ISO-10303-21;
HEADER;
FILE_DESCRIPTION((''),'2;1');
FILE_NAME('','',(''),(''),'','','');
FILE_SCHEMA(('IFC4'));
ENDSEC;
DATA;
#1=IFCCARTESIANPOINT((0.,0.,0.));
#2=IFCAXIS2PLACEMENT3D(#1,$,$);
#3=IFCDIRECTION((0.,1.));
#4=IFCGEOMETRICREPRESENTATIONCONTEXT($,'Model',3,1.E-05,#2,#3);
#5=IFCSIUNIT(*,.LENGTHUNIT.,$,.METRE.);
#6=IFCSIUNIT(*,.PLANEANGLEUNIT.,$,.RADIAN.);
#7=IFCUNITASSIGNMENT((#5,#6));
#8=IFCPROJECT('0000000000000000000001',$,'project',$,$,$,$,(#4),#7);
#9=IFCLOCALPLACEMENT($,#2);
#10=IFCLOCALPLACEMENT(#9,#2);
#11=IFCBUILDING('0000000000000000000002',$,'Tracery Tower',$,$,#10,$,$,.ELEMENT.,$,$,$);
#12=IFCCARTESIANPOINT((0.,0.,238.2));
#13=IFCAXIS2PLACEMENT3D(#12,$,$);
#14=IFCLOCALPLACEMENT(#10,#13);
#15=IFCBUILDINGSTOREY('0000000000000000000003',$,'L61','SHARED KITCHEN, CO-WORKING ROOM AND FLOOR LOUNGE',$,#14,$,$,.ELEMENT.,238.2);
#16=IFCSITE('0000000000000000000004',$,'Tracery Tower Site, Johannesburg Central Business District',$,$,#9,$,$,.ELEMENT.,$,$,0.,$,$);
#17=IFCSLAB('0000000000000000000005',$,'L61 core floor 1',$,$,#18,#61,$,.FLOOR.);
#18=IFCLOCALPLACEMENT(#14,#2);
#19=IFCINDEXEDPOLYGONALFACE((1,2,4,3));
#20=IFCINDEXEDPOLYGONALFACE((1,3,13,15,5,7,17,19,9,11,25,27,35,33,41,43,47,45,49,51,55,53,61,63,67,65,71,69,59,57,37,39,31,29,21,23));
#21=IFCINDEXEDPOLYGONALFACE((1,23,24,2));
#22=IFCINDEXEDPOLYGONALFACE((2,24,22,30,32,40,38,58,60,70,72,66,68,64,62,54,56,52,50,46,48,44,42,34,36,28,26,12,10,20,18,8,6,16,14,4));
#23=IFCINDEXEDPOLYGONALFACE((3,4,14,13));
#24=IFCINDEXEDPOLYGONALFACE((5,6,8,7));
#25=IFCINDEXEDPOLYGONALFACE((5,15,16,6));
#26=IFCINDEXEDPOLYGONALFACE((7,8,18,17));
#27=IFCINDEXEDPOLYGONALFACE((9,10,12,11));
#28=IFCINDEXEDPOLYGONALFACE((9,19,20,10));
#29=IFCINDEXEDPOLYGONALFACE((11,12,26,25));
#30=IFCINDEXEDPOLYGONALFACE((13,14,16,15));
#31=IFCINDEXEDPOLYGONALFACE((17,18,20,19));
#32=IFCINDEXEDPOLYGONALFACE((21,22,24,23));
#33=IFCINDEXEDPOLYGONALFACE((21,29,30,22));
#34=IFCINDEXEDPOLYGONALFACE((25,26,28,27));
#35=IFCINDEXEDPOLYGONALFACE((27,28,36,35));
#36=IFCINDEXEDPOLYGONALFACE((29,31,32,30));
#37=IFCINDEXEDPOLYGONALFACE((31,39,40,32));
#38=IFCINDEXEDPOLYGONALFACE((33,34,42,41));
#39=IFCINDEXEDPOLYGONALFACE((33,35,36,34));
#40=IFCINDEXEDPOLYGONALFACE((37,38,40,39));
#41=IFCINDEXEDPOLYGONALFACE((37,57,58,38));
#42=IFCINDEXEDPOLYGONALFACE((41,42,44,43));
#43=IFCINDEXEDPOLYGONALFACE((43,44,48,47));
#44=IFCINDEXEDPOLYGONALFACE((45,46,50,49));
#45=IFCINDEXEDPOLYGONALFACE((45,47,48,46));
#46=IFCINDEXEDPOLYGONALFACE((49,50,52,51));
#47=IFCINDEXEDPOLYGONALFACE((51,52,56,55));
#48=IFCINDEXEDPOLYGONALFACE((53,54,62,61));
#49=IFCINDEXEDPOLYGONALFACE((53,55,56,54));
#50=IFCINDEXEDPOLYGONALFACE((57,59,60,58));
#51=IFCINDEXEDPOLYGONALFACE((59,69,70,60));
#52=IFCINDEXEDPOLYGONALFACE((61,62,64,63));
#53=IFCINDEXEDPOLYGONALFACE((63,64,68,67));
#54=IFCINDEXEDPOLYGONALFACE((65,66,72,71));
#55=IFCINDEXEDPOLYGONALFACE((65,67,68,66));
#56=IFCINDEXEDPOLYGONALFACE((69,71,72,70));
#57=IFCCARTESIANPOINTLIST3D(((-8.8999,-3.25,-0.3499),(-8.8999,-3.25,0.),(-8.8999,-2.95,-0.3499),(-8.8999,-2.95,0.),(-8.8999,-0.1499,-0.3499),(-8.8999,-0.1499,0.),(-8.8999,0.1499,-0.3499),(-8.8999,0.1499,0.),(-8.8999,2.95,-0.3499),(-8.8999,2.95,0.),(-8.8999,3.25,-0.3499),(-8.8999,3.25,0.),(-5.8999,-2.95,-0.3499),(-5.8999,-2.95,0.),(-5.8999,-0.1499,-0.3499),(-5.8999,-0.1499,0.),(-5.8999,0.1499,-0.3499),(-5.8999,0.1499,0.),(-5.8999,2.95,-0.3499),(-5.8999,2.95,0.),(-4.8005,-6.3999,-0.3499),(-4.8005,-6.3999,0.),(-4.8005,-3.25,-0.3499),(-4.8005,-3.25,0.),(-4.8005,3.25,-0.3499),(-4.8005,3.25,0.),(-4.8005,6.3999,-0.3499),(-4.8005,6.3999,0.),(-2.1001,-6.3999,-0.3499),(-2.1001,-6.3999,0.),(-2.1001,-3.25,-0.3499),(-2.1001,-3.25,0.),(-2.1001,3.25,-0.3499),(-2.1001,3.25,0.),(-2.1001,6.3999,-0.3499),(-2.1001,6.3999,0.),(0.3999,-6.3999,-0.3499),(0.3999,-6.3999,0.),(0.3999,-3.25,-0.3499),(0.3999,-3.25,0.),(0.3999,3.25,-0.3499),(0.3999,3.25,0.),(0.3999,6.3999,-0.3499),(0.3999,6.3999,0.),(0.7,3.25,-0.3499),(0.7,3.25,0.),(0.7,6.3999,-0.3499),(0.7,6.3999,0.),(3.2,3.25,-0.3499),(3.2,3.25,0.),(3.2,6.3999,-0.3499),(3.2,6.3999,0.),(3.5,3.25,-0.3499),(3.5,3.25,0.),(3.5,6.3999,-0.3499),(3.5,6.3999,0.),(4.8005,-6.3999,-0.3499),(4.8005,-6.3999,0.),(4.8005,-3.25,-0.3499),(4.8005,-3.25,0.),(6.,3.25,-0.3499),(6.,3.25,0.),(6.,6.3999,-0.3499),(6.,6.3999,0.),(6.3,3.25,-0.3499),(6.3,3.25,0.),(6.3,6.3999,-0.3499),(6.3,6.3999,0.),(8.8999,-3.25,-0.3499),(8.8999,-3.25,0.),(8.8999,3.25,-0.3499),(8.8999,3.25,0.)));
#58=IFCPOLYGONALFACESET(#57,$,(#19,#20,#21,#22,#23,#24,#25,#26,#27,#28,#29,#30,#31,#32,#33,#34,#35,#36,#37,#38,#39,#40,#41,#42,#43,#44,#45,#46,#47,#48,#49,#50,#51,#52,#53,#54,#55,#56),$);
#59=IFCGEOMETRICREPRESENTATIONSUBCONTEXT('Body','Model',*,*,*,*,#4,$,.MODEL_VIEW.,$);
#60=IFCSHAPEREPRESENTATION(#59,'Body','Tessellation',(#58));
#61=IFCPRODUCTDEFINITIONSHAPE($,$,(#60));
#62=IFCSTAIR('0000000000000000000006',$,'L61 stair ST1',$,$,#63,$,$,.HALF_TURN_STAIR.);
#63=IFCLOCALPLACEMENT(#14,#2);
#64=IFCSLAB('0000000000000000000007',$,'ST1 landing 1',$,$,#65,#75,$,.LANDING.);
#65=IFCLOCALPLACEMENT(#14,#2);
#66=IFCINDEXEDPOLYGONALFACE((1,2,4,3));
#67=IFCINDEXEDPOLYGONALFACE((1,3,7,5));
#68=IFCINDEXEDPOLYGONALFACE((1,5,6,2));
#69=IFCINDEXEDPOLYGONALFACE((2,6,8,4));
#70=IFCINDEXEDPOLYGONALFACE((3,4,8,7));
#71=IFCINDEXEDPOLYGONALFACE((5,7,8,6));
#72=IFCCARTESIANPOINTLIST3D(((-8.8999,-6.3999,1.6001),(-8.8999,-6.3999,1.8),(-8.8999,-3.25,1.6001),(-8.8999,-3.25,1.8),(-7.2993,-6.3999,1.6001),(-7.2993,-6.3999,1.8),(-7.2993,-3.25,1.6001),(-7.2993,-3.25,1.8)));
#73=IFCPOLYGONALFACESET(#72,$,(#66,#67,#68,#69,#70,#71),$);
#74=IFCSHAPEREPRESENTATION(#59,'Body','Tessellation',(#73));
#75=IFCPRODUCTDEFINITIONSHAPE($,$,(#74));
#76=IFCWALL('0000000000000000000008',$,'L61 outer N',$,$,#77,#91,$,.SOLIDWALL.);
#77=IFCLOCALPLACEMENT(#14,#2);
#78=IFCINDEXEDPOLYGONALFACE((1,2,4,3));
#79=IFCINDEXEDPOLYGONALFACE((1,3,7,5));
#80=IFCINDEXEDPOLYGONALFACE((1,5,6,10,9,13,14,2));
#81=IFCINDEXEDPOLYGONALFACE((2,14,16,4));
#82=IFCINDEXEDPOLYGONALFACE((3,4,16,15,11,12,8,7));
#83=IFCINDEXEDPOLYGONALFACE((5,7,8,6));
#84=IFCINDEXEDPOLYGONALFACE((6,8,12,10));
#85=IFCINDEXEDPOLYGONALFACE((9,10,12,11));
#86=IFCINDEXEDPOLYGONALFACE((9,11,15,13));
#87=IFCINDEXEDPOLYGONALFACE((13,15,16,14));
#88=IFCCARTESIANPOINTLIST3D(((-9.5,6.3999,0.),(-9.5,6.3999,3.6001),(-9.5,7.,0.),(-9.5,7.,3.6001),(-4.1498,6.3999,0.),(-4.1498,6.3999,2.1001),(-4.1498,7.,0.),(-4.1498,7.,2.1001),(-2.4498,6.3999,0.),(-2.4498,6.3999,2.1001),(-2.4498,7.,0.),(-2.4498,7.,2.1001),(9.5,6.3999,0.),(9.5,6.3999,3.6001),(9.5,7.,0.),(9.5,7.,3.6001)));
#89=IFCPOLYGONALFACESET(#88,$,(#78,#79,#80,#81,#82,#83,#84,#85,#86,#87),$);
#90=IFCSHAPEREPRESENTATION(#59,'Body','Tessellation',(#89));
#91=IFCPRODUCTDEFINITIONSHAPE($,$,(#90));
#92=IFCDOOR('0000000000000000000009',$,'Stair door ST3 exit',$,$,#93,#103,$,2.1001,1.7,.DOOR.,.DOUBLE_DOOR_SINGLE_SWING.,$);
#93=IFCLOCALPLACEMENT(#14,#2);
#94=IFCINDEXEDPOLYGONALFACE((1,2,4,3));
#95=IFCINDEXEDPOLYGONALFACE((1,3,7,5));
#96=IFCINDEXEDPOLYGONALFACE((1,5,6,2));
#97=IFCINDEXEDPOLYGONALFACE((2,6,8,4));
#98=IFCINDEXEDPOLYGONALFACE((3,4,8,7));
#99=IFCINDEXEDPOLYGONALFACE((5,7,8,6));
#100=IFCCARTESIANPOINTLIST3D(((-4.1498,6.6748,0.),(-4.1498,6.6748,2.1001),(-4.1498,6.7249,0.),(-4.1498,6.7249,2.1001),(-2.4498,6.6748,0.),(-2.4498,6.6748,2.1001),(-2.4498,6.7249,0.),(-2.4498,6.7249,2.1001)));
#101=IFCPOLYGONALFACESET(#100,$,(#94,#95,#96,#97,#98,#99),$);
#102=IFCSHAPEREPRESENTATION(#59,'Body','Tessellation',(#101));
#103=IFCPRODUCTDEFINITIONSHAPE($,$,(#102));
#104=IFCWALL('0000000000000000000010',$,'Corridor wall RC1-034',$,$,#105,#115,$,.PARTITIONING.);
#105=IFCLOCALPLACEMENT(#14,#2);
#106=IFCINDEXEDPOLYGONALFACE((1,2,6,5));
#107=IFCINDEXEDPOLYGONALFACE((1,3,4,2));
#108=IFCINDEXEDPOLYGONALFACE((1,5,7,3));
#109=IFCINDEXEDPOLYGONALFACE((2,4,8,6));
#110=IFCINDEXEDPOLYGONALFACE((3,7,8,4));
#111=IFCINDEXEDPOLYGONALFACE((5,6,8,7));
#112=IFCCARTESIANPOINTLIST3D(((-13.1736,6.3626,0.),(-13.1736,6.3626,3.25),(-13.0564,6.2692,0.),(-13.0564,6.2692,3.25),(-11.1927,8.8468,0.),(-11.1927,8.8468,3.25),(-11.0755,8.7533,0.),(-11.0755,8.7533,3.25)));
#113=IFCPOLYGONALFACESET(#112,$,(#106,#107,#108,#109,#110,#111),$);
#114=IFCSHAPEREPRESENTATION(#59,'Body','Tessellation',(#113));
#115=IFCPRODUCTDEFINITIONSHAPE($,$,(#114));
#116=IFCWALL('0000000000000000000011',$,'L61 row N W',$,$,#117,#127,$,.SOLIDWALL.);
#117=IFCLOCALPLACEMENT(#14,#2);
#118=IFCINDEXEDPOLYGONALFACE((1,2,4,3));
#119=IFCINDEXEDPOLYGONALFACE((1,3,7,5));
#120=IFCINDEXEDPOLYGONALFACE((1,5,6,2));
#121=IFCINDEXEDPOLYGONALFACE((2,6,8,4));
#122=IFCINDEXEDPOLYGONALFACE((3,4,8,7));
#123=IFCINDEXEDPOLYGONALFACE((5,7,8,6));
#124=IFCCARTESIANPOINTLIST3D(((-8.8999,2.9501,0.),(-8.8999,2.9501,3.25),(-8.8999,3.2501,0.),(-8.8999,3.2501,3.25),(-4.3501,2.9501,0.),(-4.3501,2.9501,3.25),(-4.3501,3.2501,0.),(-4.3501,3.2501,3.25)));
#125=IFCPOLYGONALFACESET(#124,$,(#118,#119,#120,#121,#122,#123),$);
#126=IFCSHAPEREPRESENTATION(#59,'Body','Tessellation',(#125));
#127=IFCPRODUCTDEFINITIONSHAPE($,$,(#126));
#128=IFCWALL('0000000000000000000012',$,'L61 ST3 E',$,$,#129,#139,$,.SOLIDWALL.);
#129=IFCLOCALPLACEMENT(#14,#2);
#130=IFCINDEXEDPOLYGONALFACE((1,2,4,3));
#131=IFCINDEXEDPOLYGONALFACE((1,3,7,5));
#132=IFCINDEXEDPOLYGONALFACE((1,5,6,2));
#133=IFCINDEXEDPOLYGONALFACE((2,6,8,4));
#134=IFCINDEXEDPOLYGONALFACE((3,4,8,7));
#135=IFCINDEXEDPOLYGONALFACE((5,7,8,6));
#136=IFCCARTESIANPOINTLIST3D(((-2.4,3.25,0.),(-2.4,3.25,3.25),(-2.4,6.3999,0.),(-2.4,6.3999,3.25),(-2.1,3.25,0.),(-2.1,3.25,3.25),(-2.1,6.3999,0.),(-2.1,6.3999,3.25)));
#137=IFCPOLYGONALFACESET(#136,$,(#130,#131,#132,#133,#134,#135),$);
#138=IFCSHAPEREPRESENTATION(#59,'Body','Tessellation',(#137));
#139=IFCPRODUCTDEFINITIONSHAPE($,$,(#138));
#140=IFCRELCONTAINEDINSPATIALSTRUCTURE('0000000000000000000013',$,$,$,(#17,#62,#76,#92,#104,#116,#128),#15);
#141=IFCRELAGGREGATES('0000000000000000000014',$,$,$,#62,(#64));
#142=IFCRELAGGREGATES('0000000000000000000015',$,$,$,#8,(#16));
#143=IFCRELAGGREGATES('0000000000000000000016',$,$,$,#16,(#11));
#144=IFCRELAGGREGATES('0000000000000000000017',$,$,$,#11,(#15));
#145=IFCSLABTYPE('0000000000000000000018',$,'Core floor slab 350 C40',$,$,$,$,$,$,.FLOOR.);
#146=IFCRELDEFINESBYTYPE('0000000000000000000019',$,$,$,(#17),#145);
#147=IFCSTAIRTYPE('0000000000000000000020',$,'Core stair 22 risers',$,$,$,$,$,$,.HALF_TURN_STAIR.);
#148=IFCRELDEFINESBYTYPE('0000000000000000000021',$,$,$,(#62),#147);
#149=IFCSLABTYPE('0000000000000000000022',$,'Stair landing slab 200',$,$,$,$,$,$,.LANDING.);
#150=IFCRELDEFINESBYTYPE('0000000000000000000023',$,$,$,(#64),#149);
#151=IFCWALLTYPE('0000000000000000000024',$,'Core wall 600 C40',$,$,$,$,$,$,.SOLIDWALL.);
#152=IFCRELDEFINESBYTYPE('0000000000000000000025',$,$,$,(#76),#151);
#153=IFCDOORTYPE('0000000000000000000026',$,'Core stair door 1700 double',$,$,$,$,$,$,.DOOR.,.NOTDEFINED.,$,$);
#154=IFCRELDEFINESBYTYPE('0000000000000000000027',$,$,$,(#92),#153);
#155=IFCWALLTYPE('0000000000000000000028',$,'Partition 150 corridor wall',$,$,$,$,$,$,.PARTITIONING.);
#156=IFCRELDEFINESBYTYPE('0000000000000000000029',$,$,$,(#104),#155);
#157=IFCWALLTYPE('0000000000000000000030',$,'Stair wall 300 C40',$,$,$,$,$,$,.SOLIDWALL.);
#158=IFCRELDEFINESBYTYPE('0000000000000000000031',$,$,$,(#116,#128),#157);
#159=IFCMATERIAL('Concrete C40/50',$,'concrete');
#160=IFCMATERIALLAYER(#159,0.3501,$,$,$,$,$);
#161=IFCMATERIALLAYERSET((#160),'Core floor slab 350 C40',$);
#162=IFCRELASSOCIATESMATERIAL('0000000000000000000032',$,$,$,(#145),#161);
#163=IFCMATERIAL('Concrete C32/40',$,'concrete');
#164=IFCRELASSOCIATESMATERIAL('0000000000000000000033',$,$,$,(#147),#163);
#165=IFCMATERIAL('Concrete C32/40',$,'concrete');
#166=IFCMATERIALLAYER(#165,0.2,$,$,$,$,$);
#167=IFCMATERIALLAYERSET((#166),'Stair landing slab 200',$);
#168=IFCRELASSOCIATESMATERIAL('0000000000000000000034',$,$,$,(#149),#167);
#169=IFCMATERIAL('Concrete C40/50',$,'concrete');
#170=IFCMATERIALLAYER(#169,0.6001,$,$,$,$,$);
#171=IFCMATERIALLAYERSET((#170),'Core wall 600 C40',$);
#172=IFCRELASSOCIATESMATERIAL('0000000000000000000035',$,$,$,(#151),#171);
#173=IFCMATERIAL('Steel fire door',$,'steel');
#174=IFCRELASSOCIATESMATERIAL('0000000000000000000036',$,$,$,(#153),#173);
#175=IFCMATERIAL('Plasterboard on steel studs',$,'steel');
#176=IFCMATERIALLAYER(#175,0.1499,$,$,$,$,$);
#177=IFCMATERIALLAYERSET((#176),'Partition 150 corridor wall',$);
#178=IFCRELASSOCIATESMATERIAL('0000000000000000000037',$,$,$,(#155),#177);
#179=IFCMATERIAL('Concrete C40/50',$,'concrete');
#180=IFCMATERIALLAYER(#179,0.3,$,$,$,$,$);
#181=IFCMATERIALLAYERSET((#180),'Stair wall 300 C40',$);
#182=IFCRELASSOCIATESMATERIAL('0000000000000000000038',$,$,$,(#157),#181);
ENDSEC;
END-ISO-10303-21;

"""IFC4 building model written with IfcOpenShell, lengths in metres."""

from ifc_helpers import new_model, si_unit, direction, frame, frame_2d, origin, place, context, subcontext, project, spatial, polyline, rectangle, outline, extrude, material, layer, layer_set, type_object, element, fill, aggregate, save


model = new_model("IFC4")

# Units and contexts
model_context = context("Model", 3, precision=1e-05, world=origin(), true_north=direction((0.0, 1.0)))
body_context = subcontext(model_context, "Body", "Model", "MODEL_VIEW")
ifc_project = project(units=[si_unit("LENGTHUNIT", "METRE"), si_unit("PLANEANGLEUNIT", "RADIAN")], contexts=[model_context])

# Site, building, storey
site_placement = place(None, origin())
site = spatial("IfcSite", under=ifc_project, at=site_placement, Name="Tracery Tower Site, Johannesburg Central Business District", CompositionType="ELEMENT", RefElevation=0.0)
building_placement = place(site_placement, origin())
building = spatial("IfcBuilding", under=site, at=building_placement, Name="Tracery Tower", CompositionType="ELEMENT")
storey_placement = place(building_placement, frame((0.0, 0.0, 238.2)))
storey = spatial("IfcBuildingStorey", under=building, at=storey_placement, Name="L61", Description="SHARED KITCHEN, CO-WORKING ROOM AND FLOOR LOUNGE", CompositionType="ELEMENT", Elevation=238.2)

# Slab
ifc_material_1 = material(Name="Concrete C40/50", Category="concrete")
ifc_layer_1 = layer(ifc_material_1, 0.3501)
ifc_layer_set_1 = layer_set([ifc_layer_1], Name="Core floor slab 350 C40")
slab_type_1 = type_object("IfcSlabType", Name="Core floor slab 350 C40", PredefinedType="FLOOR", material=ifc_layer_set_1)
slab_1_placement = place(storey_placement, frame((0.0, 0.0, -0.3499)))
element("IfcSlab", 1, at=slab_1_placement, inside=storey, type_object=slab_type_1, Name="L61 core floor 1", PredefinedType="FLOOR", context=body_context, shape_type="SweptSolid", body=[
    extrude(outline(polyline([(-4.8005, -3.25), (-8.8999, -3.25), (-8.8999, -2.95), (-5.8999, -2.95), (-5.8999, -0.1499), (-8.8999, -0.1499), (-8.8999, 0.1499), (-5.8999, 0.1499), (-5.8999, 2.95), (-8.8999, 2.95), (-8.8999, 3.25), (-4.8005, 3.25), (-4.8005, 6.3999), (-2.1001, 6.3999), (-2.1001, 3.25), (0.3999, 3.25), (0.3999, 6.3999), (0.7, 6.3999), (0.7, 3.25), (3.2, 3.25), (3.2, 6.3999), (3.5, 6.3999), (3.5, 3.25), (6.0, 3.25), (6.0, 6.3999), (6.3, 6.3999), (6.3, 3.25), (8.8999, 3.25), (8.8999, -3.25), (4.8005, -3.25), (4.8005, -6.3999), (0.3999, -6.3999), (0.3999, -3.25), (-2.1001, -3.25), (-2.1001, -6.3999), (-4.8005, -6.3999), (-4.8005, -3.25)])), origin(), (0.0, 0.0, 1.0), 0.3499),
])

# Stair, slab
ifc_material_2 = material(Name="Concrete C32/40", Category="concrete")
stair_type = type_object("IfcStairType", Name="Core stair 22 risers", PredefinedType="HALF_TURN_STAIR", material=ifc_material_2)
stair_1_placement = place(storey_placement, origin())
stair_1 = element("IfcStair", 2, at=stair_1_placement, inside=storey, type_object=stair_type, Name="L61 stair ST1", PredefinedType="HALF_TURN_STAIR")
ifc_material_3 = material(Name="Concrete C32/40", Category="concrete")
ifc_layer_2 = layer(ifc_material_3, 0.2)
ifc_layer_set_2 = layer_set([ifc_layer_2], Name="Stair landing slab 200")
slab_type_2 = type_object("IfcSlabType", Name="Stair landing slab 200", PredefinedType="LANDING", material=ifc_layer_set_2)
slab_2_placement = place(storey_placement, frame((0.0, 0.0, 1.6001)))
slab_2 = element("IfcSlab", 3, at=slab_2_placement, type_object=slab_type_2, Name="ST1 landing 1", PredefinedType="LANDING", context=body_context, shape_type="SweptSolid", body=[
    extrude(outline(polyline([(-7.2993, -3.25), (-8.8999, -3.25), (-8.8999, -6.3999), (-7.2993, -6.3999), (-7.2993, -3.25)])), origin(), (0.0, 0.0, 1.0), 0.2),
])
aggregate(stair_1, [slab_2])

# Wall, opening, door
ifc_material_4 = material(Name="Concrete C40/50", Category="concrete")
ifc_layer_3 = layer(ifc_material_4, 0.6001)
ifc_layer_set_3 = layer_set([ifc_layer_3], Name="Core wall 600 C40")
wall_type_1 = type_object("IfcWallType", Name="Core wall 600 C40", PredefinedType="SOLIDWALL", material=ifc_layer_set_3)
wall_1_placement = place(storey_placement, frame((-9.5, 6.7, 0.0), z_axis=(0.0, 0.0, 1.0), x_axis=(1.0, 0.0, 0.0)))
wall_1 = element("IfcWall", 4, at=wall_1_placement, inside=storey, type_object=wall_type_1, Name="L61 outer N", PredefinedType="SOLIDWALL", context=body_context, shape_type="SweptSolid", body=[
    extrude(rectangle(XDim=19.0, YDim=0.6001, at=frame_2d((9.5, 0.0))), origin(), (0.0, 0.0, 1.0), 3.6001),
])
opening_1_placement = place(wall_1_placement, frame((5.3501, 0.0, 0.0)))
opening_1 = element("IfcOpeningElement", 5, at=opening_1_placement, cuts=wall_1, PredefinedType="OPENING", context=body_context, shape_type="SweptSolid", body=[
    extrude(rectangle(XDim=1.7, YDim=2.1001, at=frame_2d((0.8501, 1.05))), frame((0.0, 0.3, 0.0), z_axis=(0.0, -1.0, 0.0), x_axis=(1.0, 0.0, 0.0)), (0.0, 0.0, 1.0), 0.6001),
])
ifc_material_5 = material(Name="Steel fire door", Category="steel")
door_type_1 = type_object("IfcDoorType", Name="Core stair door 1700 double", OperationType="NOTDEFINED", PredefinedType="DOOR", material=ifc_material_5)
door_1_placement = place(opening_1_placement, origin())
door_1 = element("IfcDoor", 6, at=door_1_placement, inside=storey, type_object=door_type_1, Name="Stair door ST3 exit", OperationType="DOUBLE_DOOR_SINGLE_SWING", OverallHeight=2.1001, OverallWidth=1.7, PredefinedType="DOOR", context=body_context, shape_type="SweptSolid", body=[
    extrude(rectangle(XDim=1.7, YDim=2.1001, at=frame_2d((0.8501, 1.05))), frame((0.0, 0.0249, 0.0), z_axis=(0.0, -1.0, 0.0), x_axis=(1.0, 0.0, 0.0)), (0.0, 0.0, 1.0), 0.05),
])
fill(opening_1, door_1)

# Walls
ifc_material_6 = material(Name="Plasterboard on steel studs", Category="steel")
ifc_layer_4 = layer(ifc_material_6, 0.1499)
ifc_layer_set_4 = layer_set([ifc_layer_4], Name="Partition 150 corridor wall")
wall_type_2 = type_object("IfcWallType", Name="Partition 150 corridor wall", PredefinedType="PARTITIONING", material=ifc_layer_set_4)
wall_2_placement = place(storey_placement, frame((-13.115, 6.3159, 0.0), z_axis=(0.0, 0.0, 1.0), x_axis=(0.623476, 0.781842, 0.0)))
element("IfcWall", 7, at=wall_2_placement, inside=storey, type_object=wall_type_2, Name="Corridor wall RC1-034", PredefinedType="PARTITIONING", context=body_context, shape_type="SweptSolid", body=[
    extrude(rectangle(XDim=3.1772, YDim=0.1499, at=frame_2d((1.5886, 0.0))), origin(), (0.0, 0.0, 1.0), 3.25),
])
ifc_material_7 = material(Name="Concrete C40/50", Category="concrete")
ifc_layer_5 = layer(ifc_material_7, 0.3)
ifc_layer_set_5 = layer_set([ifc_layer_5], Name="Stair wall 300 C40")
wall_type_3 = type_object("IfcWallType", Name="Stair wall 300 C40", PredefinedType="SOLIDWALL", material=ifc_layer_set_5)
wall_3_placement = place(storey_placement, frame((-8.8999, 3.1001, 0.0), z_axis=(0.0, 0.0, 1.0), x_axis=(1.0, 0.0, 0.0)))
element("IfcWall", 8, at=wall_3_placement, inside=storey, type_object=wall_type_3, Name="L61 row N W", PredefinedType="SOLIDWALL", context=body_context, shape_type="SweptSolid", body=[
    extrude(rectangle(XDim=4.5498, YDim=0.3, at=frame_2d((2.2749, 0.0))), origin(), (0.0, 0.0, 1.0), 3.25),
])

# Wall
wall_4_placement = place(storey_placement, frame((-2.25, 3.25, 0.0), z_axis=(0.0, 0.0, 1.0), x_axis=(0.0, 1.0, 0.0)))
element("IfcWall", 9, at=wall_4_placement, inside=storey, type_object=wall_type_3, Name="L61 ST3 E", PredefinedType="SOLIDWALL", context=body_context, shape_type="SweptSolid", body=[
    extrude(rectangle(XDim=3.1499, YDim=0.3, at=frame_2d((1.575, 0.0))), origin(), (0.0, 0.0, 1.0), 3.25),
])

save(model, "model.ifc")
